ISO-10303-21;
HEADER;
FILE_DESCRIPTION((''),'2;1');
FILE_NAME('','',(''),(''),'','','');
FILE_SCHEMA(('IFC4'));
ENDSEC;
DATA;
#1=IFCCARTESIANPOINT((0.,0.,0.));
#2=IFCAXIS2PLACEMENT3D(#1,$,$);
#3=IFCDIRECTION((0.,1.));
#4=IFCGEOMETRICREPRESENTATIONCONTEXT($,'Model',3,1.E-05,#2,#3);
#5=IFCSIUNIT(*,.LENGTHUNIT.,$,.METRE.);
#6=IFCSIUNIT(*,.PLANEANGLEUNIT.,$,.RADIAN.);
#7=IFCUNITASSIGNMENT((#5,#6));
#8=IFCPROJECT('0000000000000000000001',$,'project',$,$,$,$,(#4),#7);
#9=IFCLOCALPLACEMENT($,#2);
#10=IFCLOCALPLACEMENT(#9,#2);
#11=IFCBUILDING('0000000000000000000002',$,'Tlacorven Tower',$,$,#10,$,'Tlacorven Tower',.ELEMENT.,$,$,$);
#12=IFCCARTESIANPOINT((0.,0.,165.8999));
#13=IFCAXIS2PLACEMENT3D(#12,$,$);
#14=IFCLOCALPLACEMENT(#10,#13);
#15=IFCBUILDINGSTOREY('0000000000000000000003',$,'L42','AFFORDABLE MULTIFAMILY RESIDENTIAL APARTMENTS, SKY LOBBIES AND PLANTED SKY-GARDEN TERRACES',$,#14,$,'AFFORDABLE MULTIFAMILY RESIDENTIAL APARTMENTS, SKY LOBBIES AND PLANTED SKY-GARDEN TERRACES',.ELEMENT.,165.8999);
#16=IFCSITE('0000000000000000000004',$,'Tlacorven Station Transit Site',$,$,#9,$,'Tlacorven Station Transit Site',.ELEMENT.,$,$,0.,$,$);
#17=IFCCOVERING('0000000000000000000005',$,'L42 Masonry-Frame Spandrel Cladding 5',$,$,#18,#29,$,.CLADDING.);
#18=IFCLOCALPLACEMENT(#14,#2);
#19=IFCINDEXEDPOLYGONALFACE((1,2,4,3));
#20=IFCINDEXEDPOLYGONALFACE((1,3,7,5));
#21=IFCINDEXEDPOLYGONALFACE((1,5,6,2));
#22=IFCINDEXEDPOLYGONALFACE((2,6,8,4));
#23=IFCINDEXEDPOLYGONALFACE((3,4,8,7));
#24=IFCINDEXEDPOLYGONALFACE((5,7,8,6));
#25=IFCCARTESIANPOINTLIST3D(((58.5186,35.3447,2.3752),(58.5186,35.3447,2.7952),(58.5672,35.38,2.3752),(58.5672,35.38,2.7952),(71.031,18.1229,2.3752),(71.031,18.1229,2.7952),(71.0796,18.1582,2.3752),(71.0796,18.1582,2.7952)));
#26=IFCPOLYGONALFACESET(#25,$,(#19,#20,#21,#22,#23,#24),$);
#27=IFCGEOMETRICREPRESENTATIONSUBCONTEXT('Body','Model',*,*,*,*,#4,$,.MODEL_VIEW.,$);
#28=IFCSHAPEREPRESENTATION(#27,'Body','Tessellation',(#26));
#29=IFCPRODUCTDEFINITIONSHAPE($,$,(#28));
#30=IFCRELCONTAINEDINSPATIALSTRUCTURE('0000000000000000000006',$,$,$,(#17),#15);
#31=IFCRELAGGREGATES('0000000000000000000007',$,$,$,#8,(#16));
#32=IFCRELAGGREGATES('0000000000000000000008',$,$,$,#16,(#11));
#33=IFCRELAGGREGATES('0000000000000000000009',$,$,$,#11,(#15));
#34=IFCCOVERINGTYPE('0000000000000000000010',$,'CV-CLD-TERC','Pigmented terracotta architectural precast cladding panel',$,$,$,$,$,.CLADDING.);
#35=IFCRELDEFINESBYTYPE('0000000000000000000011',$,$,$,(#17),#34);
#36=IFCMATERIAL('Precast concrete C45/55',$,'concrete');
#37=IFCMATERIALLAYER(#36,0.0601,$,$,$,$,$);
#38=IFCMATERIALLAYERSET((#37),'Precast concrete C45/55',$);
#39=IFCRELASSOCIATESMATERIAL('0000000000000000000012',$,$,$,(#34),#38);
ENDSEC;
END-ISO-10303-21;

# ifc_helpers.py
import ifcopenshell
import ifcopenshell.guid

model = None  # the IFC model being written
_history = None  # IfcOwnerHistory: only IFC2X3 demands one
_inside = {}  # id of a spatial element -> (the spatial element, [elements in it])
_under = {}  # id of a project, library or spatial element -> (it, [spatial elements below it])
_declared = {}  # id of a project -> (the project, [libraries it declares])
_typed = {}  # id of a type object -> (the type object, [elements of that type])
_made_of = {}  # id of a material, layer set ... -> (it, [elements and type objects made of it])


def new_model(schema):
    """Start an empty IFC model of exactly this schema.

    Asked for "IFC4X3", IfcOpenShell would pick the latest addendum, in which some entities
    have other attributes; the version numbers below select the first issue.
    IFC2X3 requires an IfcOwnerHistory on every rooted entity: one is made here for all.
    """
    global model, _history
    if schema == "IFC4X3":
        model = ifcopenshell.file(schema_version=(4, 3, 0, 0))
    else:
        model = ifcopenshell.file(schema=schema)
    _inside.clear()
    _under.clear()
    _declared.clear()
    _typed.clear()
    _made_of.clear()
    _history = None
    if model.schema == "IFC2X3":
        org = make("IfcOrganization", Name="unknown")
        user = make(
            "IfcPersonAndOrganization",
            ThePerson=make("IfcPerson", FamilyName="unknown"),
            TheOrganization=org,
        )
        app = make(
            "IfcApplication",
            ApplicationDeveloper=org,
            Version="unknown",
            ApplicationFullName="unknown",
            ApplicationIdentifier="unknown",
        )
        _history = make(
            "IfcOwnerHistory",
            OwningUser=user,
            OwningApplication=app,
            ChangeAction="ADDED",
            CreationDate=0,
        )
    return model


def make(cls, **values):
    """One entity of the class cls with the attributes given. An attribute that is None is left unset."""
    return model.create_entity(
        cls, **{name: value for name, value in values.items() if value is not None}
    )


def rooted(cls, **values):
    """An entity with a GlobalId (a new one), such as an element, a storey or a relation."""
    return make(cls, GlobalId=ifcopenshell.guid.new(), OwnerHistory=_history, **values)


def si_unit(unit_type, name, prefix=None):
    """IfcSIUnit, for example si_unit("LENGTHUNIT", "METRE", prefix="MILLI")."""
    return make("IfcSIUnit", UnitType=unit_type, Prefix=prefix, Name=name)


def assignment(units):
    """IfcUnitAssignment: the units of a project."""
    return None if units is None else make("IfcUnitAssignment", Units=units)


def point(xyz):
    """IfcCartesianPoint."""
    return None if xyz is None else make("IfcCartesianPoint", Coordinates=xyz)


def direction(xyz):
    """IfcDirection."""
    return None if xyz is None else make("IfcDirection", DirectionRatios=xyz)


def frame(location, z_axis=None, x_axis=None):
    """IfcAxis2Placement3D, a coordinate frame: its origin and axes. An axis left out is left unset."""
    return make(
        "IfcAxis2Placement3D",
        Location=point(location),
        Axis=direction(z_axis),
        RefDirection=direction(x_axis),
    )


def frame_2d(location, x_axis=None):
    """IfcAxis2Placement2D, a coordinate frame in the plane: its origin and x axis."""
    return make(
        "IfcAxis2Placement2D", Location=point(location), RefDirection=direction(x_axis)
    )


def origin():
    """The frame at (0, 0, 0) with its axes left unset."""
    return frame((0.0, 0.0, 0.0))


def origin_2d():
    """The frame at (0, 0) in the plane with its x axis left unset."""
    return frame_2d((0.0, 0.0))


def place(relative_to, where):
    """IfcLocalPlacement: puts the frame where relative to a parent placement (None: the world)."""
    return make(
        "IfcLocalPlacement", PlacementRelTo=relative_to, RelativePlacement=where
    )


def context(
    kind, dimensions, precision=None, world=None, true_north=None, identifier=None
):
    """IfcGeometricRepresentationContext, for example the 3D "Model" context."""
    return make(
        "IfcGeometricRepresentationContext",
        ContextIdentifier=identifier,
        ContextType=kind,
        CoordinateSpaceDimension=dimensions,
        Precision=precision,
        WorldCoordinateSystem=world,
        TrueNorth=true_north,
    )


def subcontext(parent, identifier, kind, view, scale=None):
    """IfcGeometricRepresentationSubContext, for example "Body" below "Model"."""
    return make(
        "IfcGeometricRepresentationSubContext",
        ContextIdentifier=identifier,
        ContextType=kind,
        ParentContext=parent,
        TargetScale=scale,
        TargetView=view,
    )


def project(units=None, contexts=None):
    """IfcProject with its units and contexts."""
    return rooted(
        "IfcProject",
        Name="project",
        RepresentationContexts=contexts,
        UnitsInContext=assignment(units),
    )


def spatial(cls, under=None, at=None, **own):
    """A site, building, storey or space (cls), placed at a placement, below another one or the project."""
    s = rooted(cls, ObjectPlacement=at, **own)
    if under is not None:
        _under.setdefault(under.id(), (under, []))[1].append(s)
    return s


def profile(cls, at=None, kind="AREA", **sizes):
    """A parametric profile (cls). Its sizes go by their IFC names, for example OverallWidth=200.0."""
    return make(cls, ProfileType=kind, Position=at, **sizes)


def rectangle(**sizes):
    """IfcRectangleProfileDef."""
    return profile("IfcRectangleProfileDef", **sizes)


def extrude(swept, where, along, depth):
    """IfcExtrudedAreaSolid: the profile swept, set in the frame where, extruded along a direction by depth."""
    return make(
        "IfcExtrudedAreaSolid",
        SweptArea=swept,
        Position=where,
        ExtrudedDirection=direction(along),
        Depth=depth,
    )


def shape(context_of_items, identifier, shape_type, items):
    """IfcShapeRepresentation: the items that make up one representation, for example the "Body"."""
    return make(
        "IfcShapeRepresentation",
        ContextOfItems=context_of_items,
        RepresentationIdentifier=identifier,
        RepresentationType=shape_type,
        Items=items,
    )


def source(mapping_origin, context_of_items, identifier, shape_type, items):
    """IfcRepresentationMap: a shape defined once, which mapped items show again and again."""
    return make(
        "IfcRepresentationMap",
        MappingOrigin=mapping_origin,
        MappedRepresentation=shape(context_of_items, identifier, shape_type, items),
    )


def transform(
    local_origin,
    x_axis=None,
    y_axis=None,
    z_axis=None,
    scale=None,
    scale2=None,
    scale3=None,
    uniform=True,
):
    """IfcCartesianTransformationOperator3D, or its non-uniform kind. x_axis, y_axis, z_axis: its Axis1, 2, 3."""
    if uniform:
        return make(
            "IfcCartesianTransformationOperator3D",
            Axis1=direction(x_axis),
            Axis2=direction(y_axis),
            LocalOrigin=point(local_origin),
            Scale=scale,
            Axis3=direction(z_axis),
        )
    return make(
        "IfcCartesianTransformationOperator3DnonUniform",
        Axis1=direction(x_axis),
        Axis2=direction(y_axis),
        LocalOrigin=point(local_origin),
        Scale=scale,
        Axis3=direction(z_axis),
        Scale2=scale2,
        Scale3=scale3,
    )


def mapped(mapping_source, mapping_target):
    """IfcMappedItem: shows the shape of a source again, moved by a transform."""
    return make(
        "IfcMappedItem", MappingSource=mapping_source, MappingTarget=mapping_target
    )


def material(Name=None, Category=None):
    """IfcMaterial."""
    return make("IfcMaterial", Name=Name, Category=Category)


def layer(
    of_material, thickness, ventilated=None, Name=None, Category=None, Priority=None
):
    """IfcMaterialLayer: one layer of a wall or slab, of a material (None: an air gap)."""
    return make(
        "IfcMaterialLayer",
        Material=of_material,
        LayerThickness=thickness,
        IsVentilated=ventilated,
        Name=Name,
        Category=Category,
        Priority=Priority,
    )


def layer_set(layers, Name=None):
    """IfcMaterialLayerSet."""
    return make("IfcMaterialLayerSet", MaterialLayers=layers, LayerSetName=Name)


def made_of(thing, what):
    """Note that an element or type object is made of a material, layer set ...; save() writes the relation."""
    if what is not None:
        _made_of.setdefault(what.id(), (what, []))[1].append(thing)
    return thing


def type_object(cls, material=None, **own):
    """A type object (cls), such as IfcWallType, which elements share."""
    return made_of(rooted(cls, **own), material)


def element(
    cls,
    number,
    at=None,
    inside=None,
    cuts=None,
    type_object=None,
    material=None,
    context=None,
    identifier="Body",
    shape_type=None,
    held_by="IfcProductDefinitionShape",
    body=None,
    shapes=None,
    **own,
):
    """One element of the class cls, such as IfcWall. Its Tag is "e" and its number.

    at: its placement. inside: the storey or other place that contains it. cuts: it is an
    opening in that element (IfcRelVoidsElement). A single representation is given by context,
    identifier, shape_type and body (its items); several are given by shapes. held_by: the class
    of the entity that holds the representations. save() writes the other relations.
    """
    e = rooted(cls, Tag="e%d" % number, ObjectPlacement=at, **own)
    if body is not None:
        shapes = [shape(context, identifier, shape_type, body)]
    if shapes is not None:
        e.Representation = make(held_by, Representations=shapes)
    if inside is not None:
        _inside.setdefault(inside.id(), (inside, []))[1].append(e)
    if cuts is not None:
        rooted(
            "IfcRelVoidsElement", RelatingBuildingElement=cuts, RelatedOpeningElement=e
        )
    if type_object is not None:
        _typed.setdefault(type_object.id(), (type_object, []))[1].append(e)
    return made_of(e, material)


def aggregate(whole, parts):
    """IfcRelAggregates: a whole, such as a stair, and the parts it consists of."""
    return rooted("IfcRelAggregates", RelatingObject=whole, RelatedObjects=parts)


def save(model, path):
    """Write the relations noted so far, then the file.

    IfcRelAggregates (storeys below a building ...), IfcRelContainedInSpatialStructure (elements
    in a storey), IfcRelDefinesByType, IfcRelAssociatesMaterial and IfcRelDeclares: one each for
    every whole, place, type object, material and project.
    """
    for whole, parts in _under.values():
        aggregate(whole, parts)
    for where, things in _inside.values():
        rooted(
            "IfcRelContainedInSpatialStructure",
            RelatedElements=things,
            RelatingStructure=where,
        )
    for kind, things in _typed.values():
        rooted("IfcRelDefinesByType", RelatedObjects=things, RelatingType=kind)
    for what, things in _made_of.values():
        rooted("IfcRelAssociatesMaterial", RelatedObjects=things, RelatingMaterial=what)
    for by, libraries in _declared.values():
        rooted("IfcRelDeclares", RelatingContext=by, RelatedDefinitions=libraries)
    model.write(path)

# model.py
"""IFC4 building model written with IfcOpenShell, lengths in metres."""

from ifc_helpers import new_model, si_unit, direction, frame, origin, origin_2d, place, context, subcontext, project, spatial, rectangle, extrude, source, transform, mapped, material, layer, layer_set, type_object, element, save


model = new_model("IFC4")

# Units and contexts
model_context = context("Model", 3, precision=1e-05, world=origin(), true_north=direction((0.0, 1.0)))
body_context = subcontext(model_context, "Body", "Model", "MODEL_VIEW")
ifc_project = project(units=[si_unit("LENGTHUNIT", "METRE"), si_unit("PLANEANGLEUNIT", "RADIAN")], contexts=[model_context])

# Site, building, storey
site_placement = place(None, origin())
site = spatial("IfcSite", under=ifc_project, at=site_placement, Name="Tlacorven Station Transit Site", LongName="Tlacorven Station Transit Site", CompositionType="ELEMENT", RefElevation=0.0)
building_placement = place(site_placement, origin())
building = spatial("IfcBuilding", under=site, at=building_placement, Name="Tlacorven Tower", LongName="Tlacorven Tower", CompositionType="ELEMENT")
storey_placement = place(building_placement, frame((0.0, 0.0, 165.8999)))
storey = spatial("IfcBuildingStorey", under=building, at=storey_placement, Name="L42", Description="AFFORDABLE MULTIFAMILY RESIDENTIAL APARTMENTS, SKY LOBBIES AND PLANTED SKY-GARDEN TERRACES", LongName="AFFORDABLE MULTIFAMILY RESIDENTIAL APARTMENTS, SKY LOBBIES AND PLANTED SKY-GARDEN TERRACES", CompositionType="ELEMENT", Elevation=165.8999)

# Shared definitions
ifc_material_1 = material(Name="Precast concrete C45/55", Category="concrete")

# Covering
ifc_layer_1 = layer(ifc_material_1, 0.0601)
ifc_layer_set_1 = layer_set([ifc_layer_1], Name="Precast concrete C45/55")
covering_type = type_object("IfcCoveringType", Name="CV-CLD-TERC", Description="Pigmented terracotta architectural precast cladding panel", PredefinedType="CLADDING", material=ifc_layer_set_1)
shared_shape_1 = source(origin(), body_context, "Body", "SweptSolid", [
    extrude(rectangle(XDim=21.2874, YDim=0.0601, at=origin_2d()), origin(), (0.0, 0.0, 1.0), 0.4199),
])
covering_placement = place(storey_placement, frame((64.7991, 26.7515, 2.3752), z_axis=(0.0, 0.0, 1.0), x_axis=(0.587785, -0.809017, 0.0)))
element("IfcCovering", 1, at=covering_placement, inside=storey, type_object=covering_type, Name="L42 Masonry-Frame Spandrel Cladding 5", PredefinedType="CLADDING", context=body_context, shape_type="MappedRepresentation", body=[
    mapped(shared_shape_1, transform((0.0, 0.0, 0.0), scale=1.0)),
])

save(model, "model.ifc")
